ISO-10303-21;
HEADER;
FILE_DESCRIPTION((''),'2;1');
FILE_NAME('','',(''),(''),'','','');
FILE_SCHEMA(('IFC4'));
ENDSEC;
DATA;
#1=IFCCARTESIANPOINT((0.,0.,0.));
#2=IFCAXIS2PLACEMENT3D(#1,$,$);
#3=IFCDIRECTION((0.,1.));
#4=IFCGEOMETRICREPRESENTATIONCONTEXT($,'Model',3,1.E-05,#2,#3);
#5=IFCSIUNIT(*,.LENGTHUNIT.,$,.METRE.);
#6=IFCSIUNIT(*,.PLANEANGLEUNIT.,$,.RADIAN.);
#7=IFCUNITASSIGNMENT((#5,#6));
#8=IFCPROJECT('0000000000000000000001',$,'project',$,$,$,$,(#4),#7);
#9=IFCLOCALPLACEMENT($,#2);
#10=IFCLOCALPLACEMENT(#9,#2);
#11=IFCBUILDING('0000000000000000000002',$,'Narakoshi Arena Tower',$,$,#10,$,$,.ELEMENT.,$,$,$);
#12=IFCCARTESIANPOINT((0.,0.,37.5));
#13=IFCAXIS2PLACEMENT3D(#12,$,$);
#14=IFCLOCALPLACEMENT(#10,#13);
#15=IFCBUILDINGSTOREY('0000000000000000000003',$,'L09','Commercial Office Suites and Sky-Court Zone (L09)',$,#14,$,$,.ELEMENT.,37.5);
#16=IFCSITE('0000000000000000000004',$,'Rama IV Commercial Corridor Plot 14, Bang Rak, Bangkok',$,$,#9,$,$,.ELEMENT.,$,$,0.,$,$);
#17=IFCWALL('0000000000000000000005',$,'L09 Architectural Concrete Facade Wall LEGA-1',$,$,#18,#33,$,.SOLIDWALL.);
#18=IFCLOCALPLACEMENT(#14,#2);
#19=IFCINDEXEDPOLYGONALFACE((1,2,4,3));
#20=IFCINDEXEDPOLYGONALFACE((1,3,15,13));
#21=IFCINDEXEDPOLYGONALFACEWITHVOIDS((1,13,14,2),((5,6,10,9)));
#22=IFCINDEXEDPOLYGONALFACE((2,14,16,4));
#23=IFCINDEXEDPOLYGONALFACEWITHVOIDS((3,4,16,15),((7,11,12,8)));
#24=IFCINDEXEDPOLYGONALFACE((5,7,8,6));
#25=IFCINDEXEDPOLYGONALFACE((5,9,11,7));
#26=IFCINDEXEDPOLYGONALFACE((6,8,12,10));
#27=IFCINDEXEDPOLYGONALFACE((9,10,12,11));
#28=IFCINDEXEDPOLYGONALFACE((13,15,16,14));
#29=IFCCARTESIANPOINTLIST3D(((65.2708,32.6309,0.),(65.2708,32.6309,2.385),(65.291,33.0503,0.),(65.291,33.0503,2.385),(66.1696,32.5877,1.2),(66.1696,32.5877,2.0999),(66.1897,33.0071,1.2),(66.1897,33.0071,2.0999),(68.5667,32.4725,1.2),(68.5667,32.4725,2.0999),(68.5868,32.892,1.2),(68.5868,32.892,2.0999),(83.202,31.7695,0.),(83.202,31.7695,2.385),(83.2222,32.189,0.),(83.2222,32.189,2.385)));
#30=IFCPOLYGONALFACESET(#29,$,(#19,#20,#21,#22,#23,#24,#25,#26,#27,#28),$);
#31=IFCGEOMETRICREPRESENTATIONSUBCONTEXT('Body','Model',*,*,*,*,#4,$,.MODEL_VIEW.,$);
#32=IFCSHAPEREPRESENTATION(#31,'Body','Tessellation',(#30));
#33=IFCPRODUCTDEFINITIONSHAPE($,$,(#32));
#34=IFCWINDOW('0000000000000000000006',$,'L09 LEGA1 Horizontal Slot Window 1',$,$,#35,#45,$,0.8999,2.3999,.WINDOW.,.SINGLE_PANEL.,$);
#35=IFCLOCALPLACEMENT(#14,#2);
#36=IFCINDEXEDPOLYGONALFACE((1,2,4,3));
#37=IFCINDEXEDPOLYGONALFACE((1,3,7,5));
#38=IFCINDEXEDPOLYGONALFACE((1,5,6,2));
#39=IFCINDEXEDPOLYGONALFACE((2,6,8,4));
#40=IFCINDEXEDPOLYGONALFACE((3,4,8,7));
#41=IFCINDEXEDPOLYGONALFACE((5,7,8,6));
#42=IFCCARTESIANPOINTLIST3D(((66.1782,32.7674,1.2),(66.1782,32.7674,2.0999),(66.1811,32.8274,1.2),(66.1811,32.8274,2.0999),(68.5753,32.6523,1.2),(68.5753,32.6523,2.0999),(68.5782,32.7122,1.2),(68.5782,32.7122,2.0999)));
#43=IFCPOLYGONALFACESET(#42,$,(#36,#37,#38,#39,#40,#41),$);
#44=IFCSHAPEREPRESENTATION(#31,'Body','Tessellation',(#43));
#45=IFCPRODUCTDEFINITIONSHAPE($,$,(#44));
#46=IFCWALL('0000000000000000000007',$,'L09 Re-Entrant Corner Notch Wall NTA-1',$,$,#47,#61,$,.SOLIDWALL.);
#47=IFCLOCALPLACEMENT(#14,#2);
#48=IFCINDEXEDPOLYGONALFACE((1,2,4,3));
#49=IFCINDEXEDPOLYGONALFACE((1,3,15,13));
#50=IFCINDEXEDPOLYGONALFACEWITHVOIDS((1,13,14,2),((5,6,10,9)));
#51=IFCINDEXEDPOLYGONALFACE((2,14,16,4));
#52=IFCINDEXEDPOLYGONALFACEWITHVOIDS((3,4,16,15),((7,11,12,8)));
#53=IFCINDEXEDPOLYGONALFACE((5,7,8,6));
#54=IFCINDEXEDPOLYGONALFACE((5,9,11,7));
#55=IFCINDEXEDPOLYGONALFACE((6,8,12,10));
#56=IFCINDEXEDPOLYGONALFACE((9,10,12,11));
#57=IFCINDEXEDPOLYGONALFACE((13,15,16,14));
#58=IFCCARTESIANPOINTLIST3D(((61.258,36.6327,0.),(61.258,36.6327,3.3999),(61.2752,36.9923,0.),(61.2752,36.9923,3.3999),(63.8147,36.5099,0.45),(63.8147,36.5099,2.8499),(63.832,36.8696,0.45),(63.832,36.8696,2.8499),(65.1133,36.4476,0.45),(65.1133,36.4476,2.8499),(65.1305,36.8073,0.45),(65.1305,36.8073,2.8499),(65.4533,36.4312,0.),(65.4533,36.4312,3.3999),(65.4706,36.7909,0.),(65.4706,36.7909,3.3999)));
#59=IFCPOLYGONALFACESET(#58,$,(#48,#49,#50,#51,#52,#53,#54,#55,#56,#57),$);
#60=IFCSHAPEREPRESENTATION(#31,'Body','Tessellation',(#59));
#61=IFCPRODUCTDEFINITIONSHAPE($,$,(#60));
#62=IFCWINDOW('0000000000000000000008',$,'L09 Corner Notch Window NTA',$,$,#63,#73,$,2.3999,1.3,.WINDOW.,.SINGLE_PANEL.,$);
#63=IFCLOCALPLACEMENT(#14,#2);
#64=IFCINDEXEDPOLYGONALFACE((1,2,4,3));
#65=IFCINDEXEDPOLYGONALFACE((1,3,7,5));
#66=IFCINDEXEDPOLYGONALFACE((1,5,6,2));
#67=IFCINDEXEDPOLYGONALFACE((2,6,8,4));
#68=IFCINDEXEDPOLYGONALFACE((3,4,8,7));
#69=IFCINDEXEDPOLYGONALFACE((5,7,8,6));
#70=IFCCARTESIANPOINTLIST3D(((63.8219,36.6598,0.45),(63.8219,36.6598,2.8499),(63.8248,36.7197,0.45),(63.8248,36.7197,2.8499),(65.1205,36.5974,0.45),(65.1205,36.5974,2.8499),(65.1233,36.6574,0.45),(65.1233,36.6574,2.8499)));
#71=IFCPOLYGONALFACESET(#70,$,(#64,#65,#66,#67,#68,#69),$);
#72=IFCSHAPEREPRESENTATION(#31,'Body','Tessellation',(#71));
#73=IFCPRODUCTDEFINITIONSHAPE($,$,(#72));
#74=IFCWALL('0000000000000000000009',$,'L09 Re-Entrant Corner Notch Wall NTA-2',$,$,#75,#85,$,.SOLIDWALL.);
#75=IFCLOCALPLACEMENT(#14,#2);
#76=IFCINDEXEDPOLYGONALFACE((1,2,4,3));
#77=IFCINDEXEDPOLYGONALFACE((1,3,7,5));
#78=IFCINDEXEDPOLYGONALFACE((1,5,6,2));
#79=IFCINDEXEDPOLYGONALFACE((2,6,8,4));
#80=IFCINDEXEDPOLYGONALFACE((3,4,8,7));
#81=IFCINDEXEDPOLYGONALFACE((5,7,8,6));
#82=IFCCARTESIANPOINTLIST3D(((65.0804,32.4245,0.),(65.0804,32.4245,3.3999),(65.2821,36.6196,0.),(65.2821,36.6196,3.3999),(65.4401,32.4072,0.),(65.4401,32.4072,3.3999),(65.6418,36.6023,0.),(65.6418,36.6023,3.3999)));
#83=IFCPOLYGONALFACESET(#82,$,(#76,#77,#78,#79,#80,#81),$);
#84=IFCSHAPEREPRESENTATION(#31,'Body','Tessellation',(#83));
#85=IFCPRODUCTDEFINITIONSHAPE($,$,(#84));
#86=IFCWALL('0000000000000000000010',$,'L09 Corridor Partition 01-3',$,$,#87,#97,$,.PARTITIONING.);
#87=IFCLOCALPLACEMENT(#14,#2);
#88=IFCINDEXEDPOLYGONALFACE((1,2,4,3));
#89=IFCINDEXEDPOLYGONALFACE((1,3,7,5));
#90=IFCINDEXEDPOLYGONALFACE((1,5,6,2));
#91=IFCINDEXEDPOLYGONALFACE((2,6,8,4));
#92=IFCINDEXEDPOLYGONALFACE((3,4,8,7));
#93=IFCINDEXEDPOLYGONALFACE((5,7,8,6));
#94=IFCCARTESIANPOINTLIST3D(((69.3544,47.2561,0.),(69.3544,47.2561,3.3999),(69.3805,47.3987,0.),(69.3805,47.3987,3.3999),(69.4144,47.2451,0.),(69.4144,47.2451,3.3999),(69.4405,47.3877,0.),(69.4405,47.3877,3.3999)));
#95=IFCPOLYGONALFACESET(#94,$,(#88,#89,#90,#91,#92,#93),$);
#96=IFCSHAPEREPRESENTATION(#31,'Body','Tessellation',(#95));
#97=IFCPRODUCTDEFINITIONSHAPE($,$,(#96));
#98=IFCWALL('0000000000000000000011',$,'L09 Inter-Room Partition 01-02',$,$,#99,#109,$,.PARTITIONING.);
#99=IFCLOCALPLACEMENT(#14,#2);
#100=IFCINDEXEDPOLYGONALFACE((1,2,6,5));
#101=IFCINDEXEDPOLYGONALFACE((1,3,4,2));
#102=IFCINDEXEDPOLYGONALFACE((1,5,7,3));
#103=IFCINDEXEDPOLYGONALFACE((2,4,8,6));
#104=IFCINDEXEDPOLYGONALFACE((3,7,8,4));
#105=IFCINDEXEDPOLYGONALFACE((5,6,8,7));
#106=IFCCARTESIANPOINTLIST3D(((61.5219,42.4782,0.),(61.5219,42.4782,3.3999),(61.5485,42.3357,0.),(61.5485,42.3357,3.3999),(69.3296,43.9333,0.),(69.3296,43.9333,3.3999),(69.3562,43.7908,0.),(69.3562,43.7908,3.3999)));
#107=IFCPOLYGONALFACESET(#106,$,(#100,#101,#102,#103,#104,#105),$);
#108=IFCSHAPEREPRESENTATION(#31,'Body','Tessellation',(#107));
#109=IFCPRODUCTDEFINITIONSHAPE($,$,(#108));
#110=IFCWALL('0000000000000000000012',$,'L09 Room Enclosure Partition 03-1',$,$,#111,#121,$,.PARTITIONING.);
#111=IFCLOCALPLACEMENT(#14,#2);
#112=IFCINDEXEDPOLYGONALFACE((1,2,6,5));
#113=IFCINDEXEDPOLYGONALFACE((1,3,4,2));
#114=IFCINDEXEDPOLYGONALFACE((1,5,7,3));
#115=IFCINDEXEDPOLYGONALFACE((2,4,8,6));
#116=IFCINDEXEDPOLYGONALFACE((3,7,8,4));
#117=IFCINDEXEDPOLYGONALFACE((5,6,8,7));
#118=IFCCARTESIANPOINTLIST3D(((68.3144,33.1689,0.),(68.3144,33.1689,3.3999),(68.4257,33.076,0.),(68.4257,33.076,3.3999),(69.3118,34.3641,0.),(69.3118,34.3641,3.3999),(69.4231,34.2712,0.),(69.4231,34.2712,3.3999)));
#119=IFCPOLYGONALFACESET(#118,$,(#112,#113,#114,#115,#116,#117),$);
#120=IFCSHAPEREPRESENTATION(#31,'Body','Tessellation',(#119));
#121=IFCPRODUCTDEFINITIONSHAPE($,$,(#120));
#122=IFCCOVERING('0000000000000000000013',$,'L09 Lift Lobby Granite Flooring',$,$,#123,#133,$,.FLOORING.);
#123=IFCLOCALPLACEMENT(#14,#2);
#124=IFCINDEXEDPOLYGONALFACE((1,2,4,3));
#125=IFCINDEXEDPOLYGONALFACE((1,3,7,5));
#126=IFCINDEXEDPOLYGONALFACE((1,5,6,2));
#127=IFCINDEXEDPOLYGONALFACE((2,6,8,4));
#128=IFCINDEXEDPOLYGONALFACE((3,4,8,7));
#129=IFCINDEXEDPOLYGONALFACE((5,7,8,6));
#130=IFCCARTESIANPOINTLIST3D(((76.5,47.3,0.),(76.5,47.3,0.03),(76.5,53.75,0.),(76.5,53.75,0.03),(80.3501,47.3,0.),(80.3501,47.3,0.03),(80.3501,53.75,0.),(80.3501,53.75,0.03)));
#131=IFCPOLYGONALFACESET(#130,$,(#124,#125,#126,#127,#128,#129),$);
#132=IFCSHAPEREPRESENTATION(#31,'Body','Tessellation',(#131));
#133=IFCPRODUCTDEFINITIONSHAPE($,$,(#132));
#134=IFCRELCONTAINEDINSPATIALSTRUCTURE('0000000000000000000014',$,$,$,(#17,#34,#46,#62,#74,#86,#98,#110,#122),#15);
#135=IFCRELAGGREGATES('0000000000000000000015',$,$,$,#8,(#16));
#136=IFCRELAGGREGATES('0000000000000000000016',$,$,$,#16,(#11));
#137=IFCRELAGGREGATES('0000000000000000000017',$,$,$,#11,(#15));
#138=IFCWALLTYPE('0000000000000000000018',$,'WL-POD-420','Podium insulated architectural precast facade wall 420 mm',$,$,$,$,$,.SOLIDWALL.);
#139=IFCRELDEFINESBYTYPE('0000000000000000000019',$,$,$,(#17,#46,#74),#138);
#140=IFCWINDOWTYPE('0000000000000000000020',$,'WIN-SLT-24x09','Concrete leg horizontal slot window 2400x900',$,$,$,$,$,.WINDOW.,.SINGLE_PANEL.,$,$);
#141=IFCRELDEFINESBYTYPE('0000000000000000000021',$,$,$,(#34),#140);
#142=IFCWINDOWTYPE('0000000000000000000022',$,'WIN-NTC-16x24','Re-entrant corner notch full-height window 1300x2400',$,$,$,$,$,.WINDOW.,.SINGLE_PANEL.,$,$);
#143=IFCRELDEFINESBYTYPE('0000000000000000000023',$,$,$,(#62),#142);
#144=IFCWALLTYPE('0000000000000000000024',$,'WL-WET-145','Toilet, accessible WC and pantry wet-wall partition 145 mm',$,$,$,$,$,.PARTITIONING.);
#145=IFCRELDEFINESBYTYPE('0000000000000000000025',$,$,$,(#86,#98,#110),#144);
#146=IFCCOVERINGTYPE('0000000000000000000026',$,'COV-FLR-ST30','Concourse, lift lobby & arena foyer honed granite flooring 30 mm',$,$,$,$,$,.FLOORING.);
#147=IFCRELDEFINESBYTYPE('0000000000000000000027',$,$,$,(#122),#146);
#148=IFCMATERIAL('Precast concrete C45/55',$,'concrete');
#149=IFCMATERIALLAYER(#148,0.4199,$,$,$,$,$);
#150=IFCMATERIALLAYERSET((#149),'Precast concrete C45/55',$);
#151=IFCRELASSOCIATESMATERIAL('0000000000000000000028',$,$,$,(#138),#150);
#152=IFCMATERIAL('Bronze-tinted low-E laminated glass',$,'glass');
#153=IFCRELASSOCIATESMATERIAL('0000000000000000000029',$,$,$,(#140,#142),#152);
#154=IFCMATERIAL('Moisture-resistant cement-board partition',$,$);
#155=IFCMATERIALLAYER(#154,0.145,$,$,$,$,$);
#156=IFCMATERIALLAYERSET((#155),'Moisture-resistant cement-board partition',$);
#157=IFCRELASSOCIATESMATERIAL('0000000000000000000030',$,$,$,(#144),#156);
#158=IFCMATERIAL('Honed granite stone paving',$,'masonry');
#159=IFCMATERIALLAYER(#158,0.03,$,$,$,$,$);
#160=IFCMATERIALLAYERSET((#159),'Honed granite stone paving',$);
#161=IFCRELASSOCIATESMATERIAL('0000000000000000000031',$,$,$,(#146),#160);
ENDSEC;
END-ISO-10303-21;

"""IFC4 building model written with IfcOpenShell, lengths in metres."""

from ifc_helpers import new_model, si_unit, direction, frame, frame_2d, origin, place, context, subcontext, project, spatial, polyline, rectangle, outline, extrude, material, layer, layer_set, type_object, element, fill, save


model = new_model("IFC4")

# Units and contexts
model_context = context("Model", 3, precision=1e-05, world=origin(), true_north=direction((0.0, 1.0)))
body_context = subcontext(model_context, "Body", "Model", "MODEL_VIEW")
ifc_project = project(units=[si_unit("LENGTHUNIT", "METRE"), si_unit("PLANEANGLEUNIT", "RADIAN")], contexts=[model_context])

# Site, building, storey
site_placement = place(None, origin())
site = spatial("IfcSite", under=ifc_project, at=site_placement, Name="Rama IV Commercial Corridor Plot 14, Bang Rak, Bangkok", CompositionType="ELEMENT", RefElevation=0.0)
building_placement = place(site_placement, origin())
building = spatial("IfcBuilding", under=site, at=building_placement, Name="Narakoshi Arena Tower", CompositionType="ELEMENT")
storey_placement = place(building_placement, frame((0.0, 0.0, 37.5)))
storey = spatial("IfcBuildingStorey", under=building, at=storey_placement, Name="L09", Description="Commercial Office Suites and Sky-Court Zone (L09)", CompositionType="ELEMENT", Elevation=37.5)

# Walls, openings, windows
ifc_material_1 = material(Name="Precast concrete C45/55", Category="concrete")
ifc_layer_1 = layer(ifc_material_1, 0.4199)
ifc_layer_set_1 = layer_set([ifc_layer_1], Name="Precast concrete C45/55")
wall_type_1 = type_object("IfcWallType", Name="WL-POD-420", Description="Podium insulated architectural precast facade wall 420 mm", PredefinedType="SOLIDWALL", material=ifc_layer_set_1)
wall_1_placement = place(storey_placement, frame((65.2808, 32.8406, 0.0), z_axis=(0.0, 0.0, 1.0), x_axis=(0.998848, -0.04798, 0.0)))
wall_1 = element("IfcWall", 1, at=wall_1_placement, inside=storey, type_object=wall_type_1, Name="L09 Architectural Concrete Facade Wall LEGA-1", PredefinedType="SOLIDWALL", context=body_context, shape_type="SweptSolid", body=[
    extrude(rectangle(XDim=17.9519, YDim=0.4199, at=frame_2d((8.9761, 0.0))), origin(), (0.0, 0.0, 1.0), 2.385),
])
opening_1_placement = place(wall_1_placement, frame((0.8999, 0.0, 1.2)))
opening_1 = element("IfcOpeningElement", 2, at=opening_1_placement, cuts=wall_1, PredefinedType="OPENING", context=body_context, shape_type="SweptSolid", body=[
    extrude(rectangle(XDim=2.3999, YDim=0.8999, at=frame_2d((1.2, 0.45))), frame((0.0, 0.22, 0.0), z_axis=(0.0, -1.0, 0.0), x_axis=(1.0, 0.0, 0.0)), (0.0, 0.0, 1.0), 0.4399),
])
ifc_material_2 = material(Name="Bronze-tinted low-E laminated glass", Category="glass")
window_type_1 = type_object("IfcWindowType", Name="WIN-SLT-24x09", Description="Concrete leg horizontal slot window 2400x900", PartitioningType="SINGLE_PANEL", PredefinedType="WINDOW", material=ifc_material_2)
window_1_placement = place(opening_1_placement, origin())
window_1 = element("IfcWindow", 3, at=window_1_placement, inside=storey, type_object=window_type_1, Name="L09 LEGA1 Horizontal Slot Window 1", OverallHeight=0.8999, OverallWidth=2.3999, PartitioningType="SINGLE_PANEL", PredefinedType="WINDOW", context=body_context, shape_type="SweptSolid", body=[
    extrude(rectangle(XDim=2.3999, YDim=0.8999, at=frame_2d((1.2, 0.45))), frame((0.0, 0.03, 0.0), z_axis=(0.0, -1.0, 0.0), x_axis=(1.0, 0.0, 0.0)), (0.0, 0.0, 1.0), 0.0601),
])
fill(opening_1, window_1)
wall_2_placement = place(storey_placement, frame((61.2666, 36.8125, 0.0), z_axis=(0.0, 0.0, 1.0), x_axis=(0.99885, -0.047955, 0.0)))
wall_2 = element("IfcWall", 4, at=wall_2_placement, inside=storey, type_object=wall_type_1, Name="L09 Re-Entrant Corner Notch Wall NTA-1", PredefinedType="SOLIDWALL", context=body_context, shape_type="SweptSolid", body=[
    extrude(rectangle(XDim=4.2002, YDim=0.3601, at=frame_2d((2.1001, 0.0))), origin(), (0.0, 0.0, 1.0), 3.3999),
])
opening_2_placement = place(wall_2_placement, frame((2.5598, 0.0, 0.45)))
opening_2 = element("IfcOpeningElement", 5, at=opening_2_placement, cuts=wall_2, PredefinedType="OPENING", context=body_context, shape_type="SweptSolid", body=[
    extrude(rectangle(XDim=1.3, YDim=2.3999, at=frame_2d((0.6499, 1.2))), frame((0.0, 0.1899, 0.0), z_axis=(0.0, -1.0, 0.0), x_axis=(1.0, 0.0, 0.0)), (0.0, 0.0, 1.0), 0.3801),
])
window_type_2 = type_object("IfcWindowType", Name="WIN-NTC-16x24", Description="Re-entrant corner notch full-height window 1300x2400", PartitioningType="SINGLE_PANEL", PredefinedType="WINDOW", material=ifc_material_2)
window_2_placement = place(opening_2_placement, origin())
window_2 = element("IfcWindow", 6, at=window_2_placement, inside=storey, type_object=window_type_2, Name="L09 Corner Notch Window NTA", OverallHeight=2.3999, OverallWidth=1.3, PartitioningType="SINGLE_PANEL", PredefinedType="WINDOW", context=body_context, shape_type="SweptSolid", body=[
    extrude(rectangle(XDim=1.3, YDim=2.3999, at=frame_2d((0.6499, 1.2))), frame((0.0, 0.03, 0.0), z_axis=(0.0, -1.0, 0.0), x_axis=(1.0, 0.0, 0.0)), (0.0, 0.0, 1.0), 0.0601),
])
fill(opening_2, window_2)

# Walls
wall_3_placement = place(storey_placement, frame((65.4619, 36.6111, 0.0), z_axis=(0.0, 0.0, 1.0), x_axis=(-0.048015, -0.998847, 0.0)))
element("IfcWall", 7, at=wall_3_placement, inside=storey, type_object=wall_type_1, Name="L09 Re-Entrant Corner Notch Wall NTA-2", PredefinedType="SOLIDWALL", context=body_context, shape_type="SweptSolid", body=[
    extrude(rectangle(XDim=4.2, YDim=0.3601, at=frame_2d((2.1001, 0.0))), origin(), (0.0, 0.0, 1.0), 3.3999),
])
ifc_material_3 = material(Name="Moisture-resistant cement-board partition")
ifc_layer_2 = layer(ifc_material_3, 0.145)
ifc_layer_set_2 = layer_set([ifc_layer_2], Name="Moisture-resistant cement-board partition")
wall_type_2 = type_object("IfcWallType", Name="WL-WET-145", Description="Toilet, accessible WC and pantry wet-wall partition 145 mm", PredefinedType="PARTITIONING", material=ifc_layer_set_2)
wall_4_placement = place(storey_placement, frame((69.3674, 47.3274, 0.0), z_axis=(0.0, 0.0, 1.0), x_axis=(0.983677, -0.179941, 0.0)))
element("IfcWall", 8, at=wall_4_placement, inside=storey, type_object=wall_type_2, Name="L09 Corridor Partition 01-3", PredefinedType="PARTITIONING", context=body_context, shape_type="SweptSolid", body=[
    extrude(rectangle(XDim=0.061, YDim=0.145, at=frame_2d((0.0305, 0.0))), origin(), (0.0, 0.0, 1.0), 3.3999),
])
wall_5_placement = place(storey_placement, frame((69.343, 43.8621, 0.0), z_axis=(0.0, 0.0, 1.0), x_axis=(-0.983073, -0.183212, 0.0)))
element("IfcWall", 9, at=wall_5_placement, inside=storey, type_object=wall_type_2, Name="L09 Inter-Room Partition 01-02", PredefinedType="PARTITIONING", context=body_context, shape_type="SweptSolid", body=[
    extrude(rectangle(XDim=7.9421, YDim=0.145, at=frame_2d((3.9712, 0.0))), origin(), (0.0, 0.0, 1.0), 3.3999),
])
wall_6_placement = place(storey_placement, frame((69.3674, 34.3176, 0.0), z_axis=(0.0, 0.0, 1.0), x_axis=(-0.640724, -0.767771, 0.0)))
element("IfcWall", 10, at=wall_6_placement, inside=storey, type_object=wall_type_2, Name="L09 Room Enclosure Partition 03-1", PredefinedType="PARTITIONING", context=body_context, shape_type="SweptSolid", body=[
    extrude(rectangle(XDim=1.5566, YDim=0.145, at=frame_2d((0.7783, 0.0))), origin(), (0.0, 0.0, 1.0), 3.3999),
])

# Covering
ifc_material_4 = material(Name="Honed granite stone paving", Category="masonry")
ifc_layer_3 = layer(ifc_material_4, 0.03)
ifc_layer_set_3 = layer_set([ifc_layer_3], Name="Honed granite stone paving")
covering_type_1 = type_object("IfcCoveringType", Name="COV-FLR-ST30", Description="Concourse, lift lobby & arena foyer honed granite flooring 30 mm", PredefinedType="FLOORING", material=ifc_layer_set_3)
covering_1_placement = place(storey_placement, origin())
element("IfcCovering", 11, at=covering_1_placement, inside=storey, type_object=covering_type_1, Name="L09 Lift Lobby Granite Flooring", PredefinedType="FLOORING", context=body_context, shape_type="SweptSolid", body=[
    extrude(outline(polyline([(76.5, 47.3), (80.3501, 47.3), (80.3501, 53.75), (76.5, 53.75), (76.5, 47.3)])), origin(), (0.0, 0.0, 1.0), 0.03),
])

save(model, "model.ifc")
